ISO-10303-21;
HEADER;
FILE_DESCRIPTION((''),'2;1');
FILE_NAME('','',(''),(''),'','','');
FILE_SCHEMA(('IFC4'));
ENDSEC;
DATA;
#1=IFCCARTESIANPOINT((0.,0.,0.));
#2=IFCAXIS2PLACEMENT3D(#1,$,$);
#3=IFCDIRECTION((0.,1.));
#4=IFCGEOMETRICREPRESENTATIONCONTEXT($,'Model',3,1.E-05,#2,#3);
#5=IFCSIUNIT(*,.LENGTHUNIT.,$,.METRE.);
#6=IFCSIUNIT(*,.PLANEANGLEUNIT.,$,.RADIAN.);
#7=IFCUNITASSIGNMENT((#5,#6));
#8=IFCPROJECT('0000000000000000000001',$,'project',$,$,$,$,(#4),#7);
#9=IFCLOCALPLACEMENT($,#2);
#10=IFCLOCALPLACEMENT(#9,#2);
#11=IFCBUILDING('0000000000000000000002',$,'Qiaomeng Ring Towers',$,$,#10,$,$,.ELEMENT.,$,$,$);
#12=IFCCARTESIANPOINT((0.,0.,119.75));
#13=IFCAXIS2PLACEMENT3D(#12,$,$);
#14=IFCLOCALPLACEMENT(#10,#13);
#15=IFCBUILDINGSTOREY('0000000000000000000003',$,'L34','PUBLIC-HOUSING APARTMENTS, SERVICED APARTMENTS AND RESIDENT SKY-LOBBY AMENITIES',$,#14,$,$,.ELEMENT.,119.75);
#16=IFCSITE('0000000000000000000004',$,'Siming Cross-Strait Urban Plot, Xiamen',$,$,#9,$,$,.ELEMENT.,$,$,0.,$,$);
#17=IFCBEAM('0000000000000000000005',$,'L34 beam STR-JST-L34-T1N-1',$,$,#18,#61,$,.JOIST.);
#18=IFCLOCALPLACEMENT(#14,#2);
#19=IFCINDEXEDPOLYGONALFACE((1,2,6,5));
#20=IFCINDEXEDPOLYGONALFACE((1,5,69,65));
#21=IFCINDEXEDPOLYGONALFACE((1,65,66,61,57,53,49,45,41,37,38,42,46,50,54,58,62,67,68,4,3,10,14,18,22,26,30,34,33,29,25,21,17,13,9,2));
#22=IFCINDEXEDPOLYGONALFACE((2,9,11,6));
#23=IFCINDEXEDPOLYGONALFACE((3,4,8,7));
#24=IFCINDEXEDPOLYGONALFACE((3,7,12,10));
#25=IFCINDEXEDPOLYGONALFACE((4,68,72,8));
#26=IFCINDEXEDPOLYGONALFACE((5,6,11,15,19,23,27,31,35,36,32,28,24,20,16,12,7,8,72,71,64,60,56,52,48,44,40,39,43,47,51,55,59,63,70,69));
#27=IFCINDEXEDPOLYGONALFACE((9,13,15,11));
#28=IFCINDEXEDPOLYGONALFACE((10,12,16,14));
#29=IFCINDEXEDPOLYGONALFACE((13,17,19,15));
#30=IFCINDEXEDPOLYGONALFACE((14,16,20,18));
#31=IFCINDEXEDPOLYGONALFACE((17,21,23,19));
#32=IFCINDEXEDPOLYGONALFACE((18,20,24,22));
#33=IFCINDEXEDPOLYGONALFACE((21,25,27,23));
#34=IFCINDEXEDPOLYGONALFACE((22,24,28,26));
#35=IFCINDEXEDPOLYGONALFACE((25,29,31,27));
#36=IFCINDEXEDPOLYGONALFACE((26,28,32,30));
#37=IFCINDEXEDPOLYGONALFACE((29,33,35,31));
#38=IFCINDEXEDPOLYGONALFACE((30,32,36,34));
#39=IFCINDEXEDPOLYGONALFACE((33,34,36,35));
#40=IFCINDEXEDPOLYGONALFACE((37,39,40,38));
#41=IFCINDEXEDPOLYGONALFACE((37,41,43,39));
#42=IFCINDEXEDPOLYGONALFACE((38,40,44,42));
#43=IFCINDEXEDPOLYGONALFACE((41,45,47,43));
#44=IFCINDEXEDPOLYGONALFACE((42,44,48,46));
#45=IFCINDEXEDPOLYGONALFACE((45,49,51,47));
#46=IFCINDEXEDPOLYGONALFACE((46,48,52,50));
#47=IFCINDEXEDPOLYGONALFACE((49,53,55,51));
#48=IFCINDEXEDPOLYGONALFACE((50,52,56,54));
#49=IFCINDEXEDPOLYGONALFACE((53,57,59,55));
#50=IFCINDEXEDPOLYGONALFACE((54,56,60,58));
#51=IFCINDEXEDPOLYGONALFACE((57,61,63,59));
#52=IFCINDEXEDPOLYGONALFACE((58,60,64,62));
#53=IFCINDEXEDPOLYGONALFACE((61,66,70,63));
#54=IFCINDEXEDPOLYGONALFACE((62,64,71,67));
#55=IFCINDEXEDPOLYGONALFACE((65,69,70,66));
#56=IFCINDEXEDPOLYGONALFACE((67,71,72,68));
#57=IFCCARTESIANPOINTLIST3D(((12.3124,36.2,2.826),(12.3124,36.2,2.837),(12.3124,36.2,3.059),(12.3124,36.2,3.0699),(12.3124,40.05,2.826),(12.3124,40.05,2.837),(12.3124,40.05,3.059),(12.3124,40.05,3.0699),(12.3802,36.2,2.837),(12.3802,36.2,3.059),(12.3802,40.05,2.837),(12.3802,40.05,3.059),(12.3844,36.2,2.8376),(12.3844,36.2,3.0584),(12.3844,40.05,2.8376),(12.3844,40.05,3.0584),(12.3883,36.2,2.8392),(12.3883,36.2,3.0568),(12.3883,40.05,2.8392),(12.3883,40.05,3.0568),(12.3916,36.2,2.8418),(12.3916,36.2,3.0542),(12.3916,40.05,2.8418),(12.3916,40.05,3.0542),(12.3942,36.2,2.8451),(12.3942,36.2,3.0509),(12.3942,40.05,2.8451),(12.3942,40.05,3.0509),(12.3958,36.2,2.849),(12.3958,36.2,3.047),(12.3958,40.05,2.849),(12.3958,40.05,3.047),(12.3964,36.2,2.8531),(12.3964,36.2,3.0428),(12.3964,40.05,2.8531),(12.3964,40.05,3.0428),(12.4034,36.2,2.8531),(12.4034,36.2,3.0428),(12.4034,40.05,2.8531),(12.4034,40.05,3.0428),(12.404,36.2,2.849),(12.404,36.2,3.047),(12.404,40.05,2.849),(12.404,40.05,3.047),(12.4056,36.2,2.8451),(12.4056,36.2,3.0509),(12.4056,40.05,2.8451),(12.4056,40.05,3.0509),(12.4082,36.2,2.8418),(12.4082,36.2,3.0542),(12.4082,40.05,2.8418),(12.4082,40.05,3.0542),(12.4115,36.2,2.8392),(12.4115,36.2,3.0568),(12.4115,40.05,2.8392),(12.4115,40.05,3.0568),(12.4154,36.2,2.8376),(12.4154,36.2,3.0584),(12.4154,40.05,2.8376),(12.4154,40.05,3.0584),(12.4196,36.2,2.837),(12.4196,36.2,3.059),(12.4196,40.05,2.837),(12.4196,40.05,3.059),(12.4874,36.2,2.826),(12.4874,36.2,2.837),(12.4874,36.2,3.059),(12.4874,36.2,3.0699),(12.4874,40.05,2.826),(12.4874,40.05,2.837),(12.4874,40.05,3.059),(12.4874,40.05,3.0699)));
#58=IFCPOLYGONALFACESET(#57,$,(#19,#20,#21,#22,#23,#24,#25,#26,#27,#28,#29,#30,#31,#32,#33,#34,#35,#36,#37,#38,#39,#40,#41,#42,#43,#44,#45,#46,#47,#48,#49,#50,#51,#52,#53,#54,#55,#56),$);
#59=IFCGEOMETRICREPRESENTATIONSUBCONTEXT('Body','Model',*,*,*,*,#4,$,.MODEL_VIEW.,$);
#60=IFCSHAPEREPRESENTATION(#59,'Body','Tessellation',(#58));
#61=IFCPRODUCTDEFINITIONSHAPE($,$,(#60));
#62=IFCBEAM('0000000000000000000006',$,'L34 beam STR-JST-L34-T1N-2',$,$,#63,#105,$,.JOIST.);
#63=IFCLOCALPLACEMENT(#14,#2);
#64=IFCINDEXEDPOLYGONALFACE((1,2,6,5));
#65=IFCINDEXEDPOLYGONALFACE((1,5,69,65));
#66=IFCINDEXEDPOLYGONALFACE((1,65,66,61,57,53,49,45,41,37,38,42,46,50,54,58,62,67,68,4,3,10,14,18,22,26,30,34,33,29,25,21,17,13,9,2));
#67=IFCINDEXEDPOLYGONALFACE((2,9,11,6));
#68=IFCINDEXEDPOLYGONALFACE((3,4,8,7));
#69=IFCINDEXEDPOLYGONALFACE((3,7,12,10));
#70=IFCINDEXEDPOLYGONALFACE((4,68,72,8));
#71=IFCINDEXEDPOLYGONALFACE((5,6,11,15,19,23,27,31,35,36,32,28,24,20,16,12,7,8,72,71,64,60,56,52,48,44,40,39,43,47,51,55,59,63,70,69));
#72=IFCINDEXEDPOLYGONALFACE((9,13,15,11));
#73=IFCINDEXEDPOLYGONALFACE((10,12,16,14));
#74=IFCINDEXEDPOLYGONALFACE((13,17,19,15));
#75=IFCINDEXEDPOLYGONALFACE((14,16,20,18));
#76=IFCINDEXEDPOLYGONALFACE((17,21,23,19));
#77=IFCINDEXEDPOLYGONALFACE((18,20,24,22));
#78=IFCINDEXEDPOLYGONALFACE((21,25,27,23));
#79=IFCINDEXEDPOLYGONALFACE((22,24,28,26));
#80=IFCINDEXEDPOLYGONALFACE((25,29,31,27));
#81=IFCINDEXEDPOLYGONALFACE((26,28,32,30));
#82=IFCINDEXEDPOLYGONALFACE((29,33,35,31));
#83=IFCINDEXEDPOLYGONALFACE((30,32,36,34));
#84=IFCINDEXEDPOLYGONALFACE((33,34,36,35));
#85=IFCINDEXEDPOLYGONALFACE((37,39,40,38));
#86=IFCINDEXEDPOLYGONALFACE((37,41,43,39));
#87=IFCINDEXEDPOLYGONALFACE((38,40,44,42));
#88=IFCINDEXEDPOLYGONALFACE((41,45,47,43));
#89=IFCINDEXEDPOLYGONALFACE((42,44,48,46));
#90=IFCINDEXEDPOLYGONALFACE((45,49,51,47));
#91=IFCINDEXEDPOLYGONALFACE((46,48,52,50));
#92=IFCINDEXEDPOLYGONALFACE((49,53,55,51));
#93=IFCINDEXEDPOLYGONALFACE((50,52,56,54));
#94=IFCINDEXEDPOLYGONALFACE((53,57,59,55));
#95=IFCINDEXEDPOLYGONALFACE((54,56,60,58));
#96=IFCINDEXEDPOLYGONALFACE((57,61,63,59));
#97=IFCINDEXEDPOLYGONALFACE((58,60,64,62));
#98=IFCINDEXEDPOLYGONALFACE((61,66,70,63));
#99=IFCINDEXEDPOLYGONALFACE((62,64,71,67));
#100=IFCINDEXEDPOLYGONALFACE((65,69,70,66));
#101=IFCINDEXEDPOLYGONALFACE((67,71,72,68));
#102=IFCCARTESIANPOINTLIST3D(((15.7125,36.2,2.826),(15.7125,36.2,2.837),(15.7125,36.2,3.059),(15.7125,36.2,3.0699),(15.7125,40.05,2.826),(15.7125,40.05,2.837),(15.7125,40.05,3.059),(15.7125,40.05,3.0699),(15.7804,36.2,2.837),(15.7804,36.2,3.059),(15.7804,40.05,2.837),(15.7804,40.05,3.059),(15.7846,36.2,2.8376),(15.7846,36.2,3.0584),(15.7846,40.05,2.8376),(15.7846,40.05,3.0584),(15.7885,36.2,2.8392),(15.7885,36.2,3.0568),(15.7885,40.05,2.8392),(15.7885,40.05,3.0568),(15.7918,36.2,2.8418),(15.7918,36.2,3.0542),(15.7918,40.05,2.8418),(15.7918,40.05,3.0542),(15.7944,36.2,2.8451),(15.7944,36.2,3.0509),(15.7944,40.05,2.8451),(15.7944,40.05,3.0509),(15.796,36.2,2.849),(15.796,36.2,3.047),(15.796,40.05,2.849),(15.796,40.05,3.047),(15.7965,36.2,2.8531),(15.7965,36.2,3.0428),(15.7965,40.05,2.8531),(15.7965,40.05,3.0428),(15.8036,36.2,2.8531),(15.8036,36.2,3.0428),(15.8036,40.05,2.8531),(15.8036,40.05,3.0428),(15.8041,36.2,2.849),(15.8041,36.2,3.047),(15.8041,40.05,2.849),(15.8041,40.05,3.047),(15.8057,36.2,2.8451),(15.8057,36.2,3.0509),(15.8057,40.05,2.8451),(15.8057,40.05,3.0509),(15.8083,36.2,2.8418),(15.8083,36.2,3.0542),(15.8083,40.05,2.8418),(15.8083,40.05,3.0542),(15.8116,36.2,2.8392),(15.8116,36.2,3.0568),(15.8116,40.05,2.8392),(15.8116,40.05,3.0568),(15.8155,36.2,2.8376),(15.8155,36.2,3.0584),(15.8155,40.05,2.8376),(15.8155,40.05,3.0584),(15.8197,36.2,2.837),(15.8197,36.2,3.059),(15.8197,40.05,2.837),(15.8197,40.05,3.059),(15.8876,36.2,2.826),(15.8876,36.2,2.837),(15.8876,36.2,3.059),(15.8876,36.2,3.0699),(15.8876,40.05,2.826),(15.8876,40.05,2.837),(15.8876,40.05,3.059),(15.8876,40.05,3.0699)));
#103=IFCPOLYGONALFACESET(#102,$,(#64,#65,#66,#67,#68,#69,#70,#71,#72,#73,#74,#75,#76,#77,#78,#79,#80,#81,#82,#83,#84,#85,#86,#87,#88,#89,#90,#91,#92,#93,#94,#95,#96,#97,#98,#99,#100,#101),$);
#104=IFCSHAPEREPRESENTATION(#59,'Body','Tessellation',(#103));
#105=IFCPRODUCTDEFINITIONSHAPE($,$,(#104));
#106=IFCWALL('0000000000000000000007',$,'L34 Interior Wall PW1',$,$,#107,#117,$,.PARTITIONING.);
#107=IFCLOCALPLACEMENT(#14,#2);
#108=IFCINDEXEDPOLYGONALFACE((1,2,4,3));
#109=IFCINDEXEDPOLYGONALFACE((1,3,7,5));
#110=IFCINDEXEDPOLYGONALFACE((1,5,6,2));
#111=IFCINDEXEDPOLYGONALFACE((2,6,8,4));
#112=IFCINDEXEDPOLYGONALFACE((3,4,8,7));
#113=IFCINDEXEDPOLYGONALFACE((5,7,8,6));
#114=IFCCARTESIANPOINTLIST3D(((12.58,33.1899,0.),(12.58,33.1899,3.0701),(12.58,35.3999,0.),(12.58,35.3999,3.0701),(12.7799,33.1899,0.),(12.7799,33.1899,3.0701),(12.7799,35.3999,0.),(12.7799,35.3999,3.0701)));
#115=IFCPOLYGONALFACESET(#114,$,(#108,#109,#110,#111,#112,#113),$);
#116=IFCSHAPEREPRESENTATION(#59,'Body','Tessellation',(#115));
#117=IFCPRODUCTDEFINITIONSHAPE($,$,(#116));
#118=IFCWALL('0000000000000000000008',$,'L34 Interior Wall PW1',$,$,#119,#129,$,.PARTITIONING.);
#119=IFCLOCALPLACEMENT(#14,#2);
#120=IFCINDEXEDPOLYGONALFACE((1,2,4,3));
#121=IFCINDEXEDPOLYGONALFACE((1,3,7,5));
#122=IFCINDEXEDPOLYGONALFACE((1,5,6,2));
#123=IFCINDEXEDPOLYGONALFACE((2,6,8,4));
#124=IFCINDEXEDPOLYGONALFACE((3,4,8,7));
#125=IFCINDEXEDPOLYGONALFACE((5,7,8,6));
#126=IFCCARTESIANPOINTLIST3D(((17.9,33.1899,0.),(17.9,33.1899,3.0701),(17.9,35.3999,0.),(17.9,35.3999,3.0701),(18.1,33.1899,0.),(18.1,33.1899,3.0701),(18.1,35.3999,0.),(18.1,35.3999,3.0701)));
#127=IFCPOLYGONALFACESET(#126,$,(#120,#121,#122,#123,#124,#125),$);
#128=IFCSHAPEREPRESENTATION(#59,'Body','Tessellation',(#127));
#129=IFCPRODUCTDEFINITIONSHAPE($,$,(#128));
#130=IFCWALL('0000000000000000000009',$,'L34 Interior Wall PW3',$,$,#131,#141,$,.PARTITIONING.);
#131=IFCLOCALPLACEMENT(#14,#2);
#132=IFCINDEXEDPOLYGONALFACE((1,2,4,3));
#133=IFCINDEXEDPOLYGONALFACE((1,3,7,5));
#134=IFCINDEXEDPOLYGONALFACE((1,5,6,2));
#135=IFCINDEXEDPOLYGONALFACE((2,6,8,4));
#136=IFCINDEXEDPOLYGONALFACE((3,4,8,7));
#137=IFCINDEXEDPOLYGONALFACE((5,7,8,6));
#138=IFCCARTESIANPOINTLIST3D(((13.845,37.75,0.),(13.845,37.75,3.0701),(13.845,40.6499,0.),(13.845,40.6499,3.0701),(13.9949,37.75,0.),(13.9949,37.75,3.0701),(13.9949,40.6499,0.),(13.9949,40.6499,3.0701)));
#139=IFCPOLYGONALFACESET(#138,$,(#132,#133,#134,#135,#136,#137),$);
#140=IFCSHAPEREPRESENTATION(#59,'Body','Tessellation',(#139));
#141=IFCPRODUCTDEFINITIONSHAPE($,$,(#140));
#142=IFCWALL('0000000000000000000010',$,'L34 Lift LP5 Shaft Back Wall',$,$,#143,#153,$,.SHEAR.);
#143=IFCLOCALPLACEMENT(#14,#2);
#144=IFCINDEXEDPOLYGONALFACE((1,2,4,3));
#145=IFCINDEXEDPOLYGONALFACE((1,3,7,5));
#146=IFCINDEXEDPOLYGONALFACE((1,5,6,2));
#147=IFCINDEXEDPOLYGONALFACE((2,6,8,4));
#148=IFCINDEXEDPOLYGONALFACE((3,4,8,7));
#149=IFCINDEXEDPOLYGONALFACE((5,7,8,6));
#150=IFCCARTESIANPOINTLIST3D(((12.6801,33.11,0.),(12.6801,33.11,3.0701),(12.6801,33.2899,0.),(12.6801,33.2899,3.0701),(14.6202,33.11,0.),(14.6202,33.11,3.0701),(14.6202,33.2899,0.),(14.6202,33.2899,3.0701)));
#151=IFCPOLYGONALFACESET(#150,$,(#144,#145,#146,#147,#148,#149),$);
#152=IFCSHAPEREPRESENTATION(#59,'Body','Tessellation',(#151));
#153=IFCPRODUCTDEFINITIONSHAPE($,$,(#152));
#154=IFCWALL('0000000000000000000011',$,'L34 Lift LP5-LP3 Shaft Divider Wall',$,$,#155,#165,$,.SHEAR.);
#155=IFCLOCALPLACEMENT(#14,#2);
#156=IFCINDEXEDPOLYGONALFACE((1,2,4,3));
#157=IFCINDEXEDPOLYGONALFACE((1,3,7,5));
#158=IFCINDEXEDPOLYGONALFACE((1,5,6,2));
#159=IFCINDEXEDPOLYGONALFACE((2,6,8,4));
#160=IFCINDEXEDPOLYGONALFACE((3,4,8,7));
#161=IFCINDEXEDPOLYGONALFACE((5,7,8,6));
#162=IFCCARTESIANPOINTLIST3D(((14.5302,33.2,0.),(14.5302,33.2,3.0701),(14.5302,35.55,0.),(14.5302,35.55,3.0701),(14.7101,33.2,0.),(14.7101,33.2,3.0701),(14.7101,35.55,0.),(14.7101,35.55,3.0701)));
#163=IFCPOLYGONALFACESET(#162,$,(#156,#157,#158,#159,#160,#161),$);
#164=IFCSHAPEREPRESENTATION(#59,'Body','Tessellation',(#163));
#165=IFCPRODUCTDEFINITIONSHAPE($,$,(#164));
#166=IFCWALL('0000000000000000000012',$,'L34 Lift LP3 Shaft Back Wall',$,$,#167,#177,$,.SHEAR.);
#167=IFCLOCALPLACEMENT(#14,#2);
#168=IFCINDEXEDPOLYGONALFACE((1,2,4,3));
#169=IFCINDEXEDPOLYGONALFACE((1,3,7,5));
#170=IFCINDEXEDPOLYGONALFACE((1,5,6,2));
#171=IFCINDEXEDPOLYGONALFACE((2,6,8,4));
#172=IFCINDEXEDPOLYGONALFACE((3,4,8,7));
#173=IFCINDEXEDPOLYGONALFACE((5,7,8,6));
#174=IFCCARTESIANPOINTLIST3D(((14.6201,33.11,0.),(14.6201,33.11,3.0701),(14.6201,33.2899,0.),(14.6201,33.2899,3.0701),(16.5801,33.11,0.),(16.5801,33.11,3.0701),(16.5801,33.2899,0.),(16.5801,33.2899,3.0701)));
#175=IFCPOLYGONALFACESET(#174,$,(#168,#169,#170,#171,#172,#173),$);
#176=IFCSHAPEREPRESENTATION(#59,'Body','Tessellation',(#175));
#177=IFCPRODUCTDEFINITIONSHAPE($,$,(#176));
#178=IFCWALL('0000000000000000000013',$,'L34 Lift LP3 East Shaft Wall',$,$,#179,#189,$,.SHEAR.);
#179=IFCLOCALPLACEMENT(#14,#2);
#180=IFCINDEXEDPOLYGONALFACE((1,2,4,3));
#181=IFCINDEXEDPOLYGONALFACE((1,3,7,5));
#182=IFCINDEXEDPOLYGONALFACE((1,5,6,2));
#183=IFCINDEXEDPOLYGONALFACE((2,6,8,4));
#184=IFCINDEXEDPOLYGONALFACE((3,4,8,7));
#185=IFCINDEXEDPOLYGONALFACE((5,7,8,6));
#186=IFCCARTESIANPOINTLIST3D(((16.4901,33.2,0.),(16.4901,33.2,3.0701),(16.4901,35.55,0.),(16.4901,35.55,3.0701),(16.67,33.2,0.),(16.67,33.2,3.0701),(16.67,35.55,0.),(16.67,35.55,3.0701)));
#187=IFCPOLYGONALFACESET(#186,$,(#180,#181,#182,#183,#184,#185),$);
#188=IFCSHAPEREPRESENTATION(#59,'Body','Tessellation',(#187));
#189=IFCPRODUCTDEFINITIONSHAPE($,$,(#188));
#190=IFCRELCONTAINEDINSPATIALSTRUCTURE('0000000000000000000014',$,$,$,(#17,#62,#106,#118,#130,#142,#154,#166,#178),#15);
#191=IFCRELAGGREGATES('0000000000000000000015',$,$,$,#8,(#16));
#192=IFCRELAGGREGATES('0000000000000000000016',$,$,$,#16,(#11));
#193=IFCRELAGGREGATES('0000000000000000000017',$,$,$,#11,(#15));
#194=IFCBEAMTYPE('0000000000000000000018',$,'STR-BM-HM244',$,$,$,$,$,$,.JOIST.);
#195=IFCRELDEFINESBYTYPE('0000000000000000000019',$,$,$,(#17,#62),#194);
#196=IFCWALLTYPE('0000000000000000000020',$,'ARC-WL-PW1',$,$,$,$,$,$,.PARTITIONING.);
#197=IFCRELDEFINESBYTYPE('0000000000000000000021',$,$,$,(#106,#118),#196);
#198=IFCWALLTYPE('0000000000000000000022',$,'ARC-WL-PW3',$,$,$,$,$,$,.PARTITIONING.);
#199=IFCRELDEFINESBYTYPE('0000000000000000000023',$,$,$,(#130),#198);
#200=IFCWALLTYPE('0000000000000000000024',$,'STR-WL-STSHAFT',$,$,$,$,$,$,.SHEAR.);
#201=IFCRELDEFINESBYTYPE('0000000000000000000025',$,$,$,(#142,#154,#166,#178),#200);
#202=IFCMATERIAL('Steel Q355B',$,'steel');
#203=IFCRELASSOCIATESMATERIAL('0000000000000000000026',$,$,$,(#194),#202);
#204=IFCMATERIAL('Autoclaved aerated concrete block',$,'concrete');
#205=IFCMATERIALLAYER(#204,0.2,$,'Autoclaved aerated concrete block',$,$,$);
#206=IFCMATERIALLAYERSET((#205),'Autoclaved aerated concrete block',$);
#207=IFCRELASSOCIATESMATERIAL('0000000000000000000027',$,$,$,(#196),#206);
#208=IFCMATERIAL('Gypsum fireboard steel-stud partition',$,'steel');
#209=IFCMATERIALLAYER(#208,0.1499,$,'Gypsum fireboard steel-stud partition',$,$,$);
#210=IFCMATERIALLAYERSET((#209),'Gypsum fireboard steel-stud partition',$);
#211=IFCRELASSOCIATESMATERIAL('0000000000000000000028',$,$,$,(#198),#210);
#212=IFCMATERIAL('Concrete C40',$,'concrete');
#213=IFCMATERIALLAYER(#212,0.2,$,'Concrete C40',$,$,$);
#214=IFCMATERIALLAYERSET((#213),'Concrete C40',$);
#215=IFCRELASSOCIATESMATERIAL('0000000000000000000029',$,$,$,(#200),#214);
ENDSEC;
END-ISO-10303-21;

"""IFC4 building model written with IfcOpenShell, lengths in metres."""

from ifc_helpers import new_model, si_unit, direction, frame, frame_2d, origin, origin_2d, place, context, subcontext, project, spatial, rectangle, i_section, extrude, source, transform, mapped, material, layer, layer_set, material_profile, profile_set, type_object, element, save


model = new_model("IFC4")

# Units and contexts
model_context = context("Model", 3, precision=1e-05, world=origin(), true_north=direction((0.0, 1.0)))
body_context = subcontext(model_context, "Body", "Model", "MODEL_VIEW")
ifc_project = project(units=[si_unit("LENGTHUNIT", "METRE"), si_unit("PLANEANGLEUNIT", "RADIAN")], contexts=[model_context])

# Site, building, storey
site_placement = place(None, origin())
site = spatial("IfcSite", under=ifc_project, at=site_placement, Name="Siming Cross-Strait Urban Plot, Xiamen", CompositionType="ELEMENT", RefElevation=0.0)
building_placement = place(site_placement, origin())
building = spatial("IfcBuilding", under=site, at=building_placement, Name="Qiaomeng Ring Towers", CompositionType="ELEMENT")
storey_placement = place(building_placement, frame((0.0, 0.0, 119.75)))
storey = spatial("IfcBuildingStorey", under=building, at=storey_placement, Name="L34", Description="PUBLIC-HOUSING APARTMENTS, SERVICED APARTMENTS AND RESIDENT SKY-LOBBY AMENITIES", CompositionType="ELEMENT", Elevation=119.75)

# Beams
ifc_material_1 = material(Name="Steel Q355B", Category="steel")
ifc_material_profile = material_profile(ifc_material_1, i_section(OverallWidth=0.175, OverallDepth=0.2439, WebThickness=0.0071, FlangeThickness=0.011, FilletRadius=0.0161, at=origin_2d()), Name="HM 244x175x7x11")
ifc_profile_set = profile_set([ifc_material_profile], Name="Steel Q355B")
beam_type = type_object("IfcBeamType", Name="STR-BM-HM244", PredefinedType="JOIST", material=ifc_profile_set)
shared_shape_1 = source(origin(), body_context, "Body", "SweptSolid", [
    extrude(i_section(OverallWidth=0.175, OverallDepth=0.2439, WebThickness=0.0071, FlangeThickness=0.011, FilletRadius=0.0161, at=origin_2d()), origin(), (0.0, 0.0, 1.0), 3.8501),
])
for number, where, z_axis, x_axis, name in (
    (1, (12.3999, 36.2, 2.948), (0.0, 1.0, 0.0), (-1.0, 0.0, 0.0), "L34 beam STR-JST-L34-T1N-1"),
    (2, (15.8, 36.2, 2.948), (0.0, 1.0, 0.0), (-1.0, 0.0, 0.0), "L34 beam STR-JST-L34-T1N-2"),
):
    element("IfcBeam", number, at=place(storey_placement, frame(where, z_axis=z_axis, x_axis=x_axis)), inside=storey, type_object=beam_type, Name=name, PredefinedType="JOIST", context=body_context, shape_type="MappedRepresentation", body=[
        mapped(shared_shape_1, transform((0.0, 0.0, 0.0), x_axis=(1.0, 0.0, 0.0), y_axis=(0.0, 1.0, 0.0), z_axis=(0.0, 0.0, 1.0), scale=1.0)),
    ])

# Walls
ifc_material_2 = material(Name="Autoclaved aerated concrete block", Category="concrete")
ifc_layer_1 = layer(ifc_material_2, 0.2, Name="Autoclaved aerated concrete block")
ifc_layer_set_1 = layer_set([ifc_layer_1], Name="Autoclaved aerated concrete block")
wall_type_1 = type_object("IfcWallType", Name="ARC-WL-PW1", PredefinedType="PARTITIONING", material=ifc_layer_set_1)
for number, where, z_axis, x_axis, name in (
    (3, (12.6799, 33.1899, 0.0), (0.0, 0.0, 1.0), (0.0, 1.0, 0.0), "L34 Interior Wall PW1"),
    (4, (18.0, 33.1899, 0.0), (0.0, 0.0, 1.0), (0.0, 1.0, 0.0), "L34 Interior Wall PW1"),
):
    element("IfcWall", number, at=place(storey_placement, frame(where, z_axis=z_axis, x_axis=x_axis)), inside=storey, type_object=wall_type_1, Name=name, PredefinedType="PARTITIONING", context=body_context, shape_type="SweptSolid", body=[
        extrude(rectangle(XDim=2.21, YDim=0.2, at=frame_2d((1.105, 0.0))), origin(), (0.0, 0.0, 1.0), 3.0701),
    ])
ifc_material_3 = material(Name="Gypsum fireboard steel-stud partition", Category="steel")
ifc_layer_2 = layer(ifc_material_3, 0.1499, Name="Gypsum fireboard steel-stud partition")
ifc_layer_set_2 = layer_set([ifc_layer_2], Name="Gypsum fireboard steel-stud partition")
wall_type_2 = type_object("IfcWallType", Name="ARC-WL-PW3", PredefinedType="PARTITIONING", material=ifc_layer_set_2)
wall_1_placement = place(storey_placement, frame((13.9199, 37.75, 0.0), z_axis=(0.0, 0.0, 1.0), x_axis=(0.0, 1.0, 0.0)))
element("IfcWall", 5, at=wall_1_placement, inside=storey, type_object=wall_type_2, Name="L34 Interior Wall PW3", PredefinedType="PARTITIONING", context=body_context, shape_type="SweptSolid", body=[
    extrude(rectangle(XDim=2.8999, YDim=0.1499, at=frame_2d((1.45, 0.0))), origin(), (0.0, 0.0, 1.0), 3.0701),
])
ifc_material_4 = material(Name="Concrete C40", Category="concrete")
ifc_layer_3 = layer(ifc_material_4, 0.2, Name="Concrete C40")
ifc_layer_set_3 = layer_set([ifc_layer_3], Name="Concrete C40")
wall_type_3 = type_object("IfcWallType", Name="STR-WL-STSHAFT", PredefinedType="SHEAR", material=ifc_layer_set_3)
wall_2_placement = place(storey_placement, frame((12.6799, 33.2, 0.0), z_axis=(0.0, 0.0, 1.0), x_axis=(1.0, 0.0, 0.0)))
element("IfcWall", 6, at=wall_2_placement, inside=storey, type_object=wall_type_3, Name="L34 Lift LP5 Shaft Back Wall", PredefinedType="SHEAR", context=body_context, shape_type="SweptSolid", body=[
    extrude(rectangle(XDim=1.9402, YDim=0.1799, at=frame_2d((0.9702, 0.0))), origin(), (0.0, 0.0, 1.0), 3.0701),
])
wall_3_placement = place(storey_placement, frame((14.6201, 33.2, 0.0), z_axis=(0.0, 0.0, 1.0), x_axis=(0.0, 1.0, 0.0)))
element("IfcWall", 7, at=wall_3_placement, inside=storey, type_object=wall_type_3, Name="L34 Lift LP5-LP3 Shaft Divider Wall", PredefinedType="SHEAR", context=body_context, shape_type="SweptSolid", body=[
    extrude(rectangle(XDim=2.3501, YDim=0.1799, at=frame_2d((1.175, 0.0))), origin(), (0.0, 0.0, 1.0), 3.0701),
])
wall_4_placement = place(storey_placement, frame((14.6201, 33.2, 0.0), z_axis=(0.0, 0.0, 1.0), x_axis=(1.0, 0.0, 0.0)))
element("IfcWall", 8, at=wall_4_placement, inside=storey, type_object=wall_type_3, Name="L34 Lift LP3 Shaft Back Wall", PredefinedType="SHEAR", context=body_context, shape_type="SweptSolid", body=[
    extrude(rectangle(XDim=1.96, YDim=0.1799, at=frame_2d((0.98, 0.0))), origin(), (0.0, 0.0, 1.0), 3.0701),
])
wall_5_placement = place(storey_placement, frame((16.5801, 33.2, 0.0), z_axis=(0.0, 0.0, 1.0), x_axis=(0.0, 1.0, 0.0)))
element("IfcWall", 9, at=wall_5_placement, inside=storey, type_object=wall_type_3, Name="L34 Lift LP3 East Shaft Wall", PredefinedType="SHEAR", context=body_context, shape_type="SweptSolid", body=[
    extrude(rectangle(XDim=2.3501, YDim=0.1799, at=frame_2d((1.175, 0.0))), origin(), (0.0, 0.0, 1.0), 3.0701),
])

save(model, "model.ifc")
